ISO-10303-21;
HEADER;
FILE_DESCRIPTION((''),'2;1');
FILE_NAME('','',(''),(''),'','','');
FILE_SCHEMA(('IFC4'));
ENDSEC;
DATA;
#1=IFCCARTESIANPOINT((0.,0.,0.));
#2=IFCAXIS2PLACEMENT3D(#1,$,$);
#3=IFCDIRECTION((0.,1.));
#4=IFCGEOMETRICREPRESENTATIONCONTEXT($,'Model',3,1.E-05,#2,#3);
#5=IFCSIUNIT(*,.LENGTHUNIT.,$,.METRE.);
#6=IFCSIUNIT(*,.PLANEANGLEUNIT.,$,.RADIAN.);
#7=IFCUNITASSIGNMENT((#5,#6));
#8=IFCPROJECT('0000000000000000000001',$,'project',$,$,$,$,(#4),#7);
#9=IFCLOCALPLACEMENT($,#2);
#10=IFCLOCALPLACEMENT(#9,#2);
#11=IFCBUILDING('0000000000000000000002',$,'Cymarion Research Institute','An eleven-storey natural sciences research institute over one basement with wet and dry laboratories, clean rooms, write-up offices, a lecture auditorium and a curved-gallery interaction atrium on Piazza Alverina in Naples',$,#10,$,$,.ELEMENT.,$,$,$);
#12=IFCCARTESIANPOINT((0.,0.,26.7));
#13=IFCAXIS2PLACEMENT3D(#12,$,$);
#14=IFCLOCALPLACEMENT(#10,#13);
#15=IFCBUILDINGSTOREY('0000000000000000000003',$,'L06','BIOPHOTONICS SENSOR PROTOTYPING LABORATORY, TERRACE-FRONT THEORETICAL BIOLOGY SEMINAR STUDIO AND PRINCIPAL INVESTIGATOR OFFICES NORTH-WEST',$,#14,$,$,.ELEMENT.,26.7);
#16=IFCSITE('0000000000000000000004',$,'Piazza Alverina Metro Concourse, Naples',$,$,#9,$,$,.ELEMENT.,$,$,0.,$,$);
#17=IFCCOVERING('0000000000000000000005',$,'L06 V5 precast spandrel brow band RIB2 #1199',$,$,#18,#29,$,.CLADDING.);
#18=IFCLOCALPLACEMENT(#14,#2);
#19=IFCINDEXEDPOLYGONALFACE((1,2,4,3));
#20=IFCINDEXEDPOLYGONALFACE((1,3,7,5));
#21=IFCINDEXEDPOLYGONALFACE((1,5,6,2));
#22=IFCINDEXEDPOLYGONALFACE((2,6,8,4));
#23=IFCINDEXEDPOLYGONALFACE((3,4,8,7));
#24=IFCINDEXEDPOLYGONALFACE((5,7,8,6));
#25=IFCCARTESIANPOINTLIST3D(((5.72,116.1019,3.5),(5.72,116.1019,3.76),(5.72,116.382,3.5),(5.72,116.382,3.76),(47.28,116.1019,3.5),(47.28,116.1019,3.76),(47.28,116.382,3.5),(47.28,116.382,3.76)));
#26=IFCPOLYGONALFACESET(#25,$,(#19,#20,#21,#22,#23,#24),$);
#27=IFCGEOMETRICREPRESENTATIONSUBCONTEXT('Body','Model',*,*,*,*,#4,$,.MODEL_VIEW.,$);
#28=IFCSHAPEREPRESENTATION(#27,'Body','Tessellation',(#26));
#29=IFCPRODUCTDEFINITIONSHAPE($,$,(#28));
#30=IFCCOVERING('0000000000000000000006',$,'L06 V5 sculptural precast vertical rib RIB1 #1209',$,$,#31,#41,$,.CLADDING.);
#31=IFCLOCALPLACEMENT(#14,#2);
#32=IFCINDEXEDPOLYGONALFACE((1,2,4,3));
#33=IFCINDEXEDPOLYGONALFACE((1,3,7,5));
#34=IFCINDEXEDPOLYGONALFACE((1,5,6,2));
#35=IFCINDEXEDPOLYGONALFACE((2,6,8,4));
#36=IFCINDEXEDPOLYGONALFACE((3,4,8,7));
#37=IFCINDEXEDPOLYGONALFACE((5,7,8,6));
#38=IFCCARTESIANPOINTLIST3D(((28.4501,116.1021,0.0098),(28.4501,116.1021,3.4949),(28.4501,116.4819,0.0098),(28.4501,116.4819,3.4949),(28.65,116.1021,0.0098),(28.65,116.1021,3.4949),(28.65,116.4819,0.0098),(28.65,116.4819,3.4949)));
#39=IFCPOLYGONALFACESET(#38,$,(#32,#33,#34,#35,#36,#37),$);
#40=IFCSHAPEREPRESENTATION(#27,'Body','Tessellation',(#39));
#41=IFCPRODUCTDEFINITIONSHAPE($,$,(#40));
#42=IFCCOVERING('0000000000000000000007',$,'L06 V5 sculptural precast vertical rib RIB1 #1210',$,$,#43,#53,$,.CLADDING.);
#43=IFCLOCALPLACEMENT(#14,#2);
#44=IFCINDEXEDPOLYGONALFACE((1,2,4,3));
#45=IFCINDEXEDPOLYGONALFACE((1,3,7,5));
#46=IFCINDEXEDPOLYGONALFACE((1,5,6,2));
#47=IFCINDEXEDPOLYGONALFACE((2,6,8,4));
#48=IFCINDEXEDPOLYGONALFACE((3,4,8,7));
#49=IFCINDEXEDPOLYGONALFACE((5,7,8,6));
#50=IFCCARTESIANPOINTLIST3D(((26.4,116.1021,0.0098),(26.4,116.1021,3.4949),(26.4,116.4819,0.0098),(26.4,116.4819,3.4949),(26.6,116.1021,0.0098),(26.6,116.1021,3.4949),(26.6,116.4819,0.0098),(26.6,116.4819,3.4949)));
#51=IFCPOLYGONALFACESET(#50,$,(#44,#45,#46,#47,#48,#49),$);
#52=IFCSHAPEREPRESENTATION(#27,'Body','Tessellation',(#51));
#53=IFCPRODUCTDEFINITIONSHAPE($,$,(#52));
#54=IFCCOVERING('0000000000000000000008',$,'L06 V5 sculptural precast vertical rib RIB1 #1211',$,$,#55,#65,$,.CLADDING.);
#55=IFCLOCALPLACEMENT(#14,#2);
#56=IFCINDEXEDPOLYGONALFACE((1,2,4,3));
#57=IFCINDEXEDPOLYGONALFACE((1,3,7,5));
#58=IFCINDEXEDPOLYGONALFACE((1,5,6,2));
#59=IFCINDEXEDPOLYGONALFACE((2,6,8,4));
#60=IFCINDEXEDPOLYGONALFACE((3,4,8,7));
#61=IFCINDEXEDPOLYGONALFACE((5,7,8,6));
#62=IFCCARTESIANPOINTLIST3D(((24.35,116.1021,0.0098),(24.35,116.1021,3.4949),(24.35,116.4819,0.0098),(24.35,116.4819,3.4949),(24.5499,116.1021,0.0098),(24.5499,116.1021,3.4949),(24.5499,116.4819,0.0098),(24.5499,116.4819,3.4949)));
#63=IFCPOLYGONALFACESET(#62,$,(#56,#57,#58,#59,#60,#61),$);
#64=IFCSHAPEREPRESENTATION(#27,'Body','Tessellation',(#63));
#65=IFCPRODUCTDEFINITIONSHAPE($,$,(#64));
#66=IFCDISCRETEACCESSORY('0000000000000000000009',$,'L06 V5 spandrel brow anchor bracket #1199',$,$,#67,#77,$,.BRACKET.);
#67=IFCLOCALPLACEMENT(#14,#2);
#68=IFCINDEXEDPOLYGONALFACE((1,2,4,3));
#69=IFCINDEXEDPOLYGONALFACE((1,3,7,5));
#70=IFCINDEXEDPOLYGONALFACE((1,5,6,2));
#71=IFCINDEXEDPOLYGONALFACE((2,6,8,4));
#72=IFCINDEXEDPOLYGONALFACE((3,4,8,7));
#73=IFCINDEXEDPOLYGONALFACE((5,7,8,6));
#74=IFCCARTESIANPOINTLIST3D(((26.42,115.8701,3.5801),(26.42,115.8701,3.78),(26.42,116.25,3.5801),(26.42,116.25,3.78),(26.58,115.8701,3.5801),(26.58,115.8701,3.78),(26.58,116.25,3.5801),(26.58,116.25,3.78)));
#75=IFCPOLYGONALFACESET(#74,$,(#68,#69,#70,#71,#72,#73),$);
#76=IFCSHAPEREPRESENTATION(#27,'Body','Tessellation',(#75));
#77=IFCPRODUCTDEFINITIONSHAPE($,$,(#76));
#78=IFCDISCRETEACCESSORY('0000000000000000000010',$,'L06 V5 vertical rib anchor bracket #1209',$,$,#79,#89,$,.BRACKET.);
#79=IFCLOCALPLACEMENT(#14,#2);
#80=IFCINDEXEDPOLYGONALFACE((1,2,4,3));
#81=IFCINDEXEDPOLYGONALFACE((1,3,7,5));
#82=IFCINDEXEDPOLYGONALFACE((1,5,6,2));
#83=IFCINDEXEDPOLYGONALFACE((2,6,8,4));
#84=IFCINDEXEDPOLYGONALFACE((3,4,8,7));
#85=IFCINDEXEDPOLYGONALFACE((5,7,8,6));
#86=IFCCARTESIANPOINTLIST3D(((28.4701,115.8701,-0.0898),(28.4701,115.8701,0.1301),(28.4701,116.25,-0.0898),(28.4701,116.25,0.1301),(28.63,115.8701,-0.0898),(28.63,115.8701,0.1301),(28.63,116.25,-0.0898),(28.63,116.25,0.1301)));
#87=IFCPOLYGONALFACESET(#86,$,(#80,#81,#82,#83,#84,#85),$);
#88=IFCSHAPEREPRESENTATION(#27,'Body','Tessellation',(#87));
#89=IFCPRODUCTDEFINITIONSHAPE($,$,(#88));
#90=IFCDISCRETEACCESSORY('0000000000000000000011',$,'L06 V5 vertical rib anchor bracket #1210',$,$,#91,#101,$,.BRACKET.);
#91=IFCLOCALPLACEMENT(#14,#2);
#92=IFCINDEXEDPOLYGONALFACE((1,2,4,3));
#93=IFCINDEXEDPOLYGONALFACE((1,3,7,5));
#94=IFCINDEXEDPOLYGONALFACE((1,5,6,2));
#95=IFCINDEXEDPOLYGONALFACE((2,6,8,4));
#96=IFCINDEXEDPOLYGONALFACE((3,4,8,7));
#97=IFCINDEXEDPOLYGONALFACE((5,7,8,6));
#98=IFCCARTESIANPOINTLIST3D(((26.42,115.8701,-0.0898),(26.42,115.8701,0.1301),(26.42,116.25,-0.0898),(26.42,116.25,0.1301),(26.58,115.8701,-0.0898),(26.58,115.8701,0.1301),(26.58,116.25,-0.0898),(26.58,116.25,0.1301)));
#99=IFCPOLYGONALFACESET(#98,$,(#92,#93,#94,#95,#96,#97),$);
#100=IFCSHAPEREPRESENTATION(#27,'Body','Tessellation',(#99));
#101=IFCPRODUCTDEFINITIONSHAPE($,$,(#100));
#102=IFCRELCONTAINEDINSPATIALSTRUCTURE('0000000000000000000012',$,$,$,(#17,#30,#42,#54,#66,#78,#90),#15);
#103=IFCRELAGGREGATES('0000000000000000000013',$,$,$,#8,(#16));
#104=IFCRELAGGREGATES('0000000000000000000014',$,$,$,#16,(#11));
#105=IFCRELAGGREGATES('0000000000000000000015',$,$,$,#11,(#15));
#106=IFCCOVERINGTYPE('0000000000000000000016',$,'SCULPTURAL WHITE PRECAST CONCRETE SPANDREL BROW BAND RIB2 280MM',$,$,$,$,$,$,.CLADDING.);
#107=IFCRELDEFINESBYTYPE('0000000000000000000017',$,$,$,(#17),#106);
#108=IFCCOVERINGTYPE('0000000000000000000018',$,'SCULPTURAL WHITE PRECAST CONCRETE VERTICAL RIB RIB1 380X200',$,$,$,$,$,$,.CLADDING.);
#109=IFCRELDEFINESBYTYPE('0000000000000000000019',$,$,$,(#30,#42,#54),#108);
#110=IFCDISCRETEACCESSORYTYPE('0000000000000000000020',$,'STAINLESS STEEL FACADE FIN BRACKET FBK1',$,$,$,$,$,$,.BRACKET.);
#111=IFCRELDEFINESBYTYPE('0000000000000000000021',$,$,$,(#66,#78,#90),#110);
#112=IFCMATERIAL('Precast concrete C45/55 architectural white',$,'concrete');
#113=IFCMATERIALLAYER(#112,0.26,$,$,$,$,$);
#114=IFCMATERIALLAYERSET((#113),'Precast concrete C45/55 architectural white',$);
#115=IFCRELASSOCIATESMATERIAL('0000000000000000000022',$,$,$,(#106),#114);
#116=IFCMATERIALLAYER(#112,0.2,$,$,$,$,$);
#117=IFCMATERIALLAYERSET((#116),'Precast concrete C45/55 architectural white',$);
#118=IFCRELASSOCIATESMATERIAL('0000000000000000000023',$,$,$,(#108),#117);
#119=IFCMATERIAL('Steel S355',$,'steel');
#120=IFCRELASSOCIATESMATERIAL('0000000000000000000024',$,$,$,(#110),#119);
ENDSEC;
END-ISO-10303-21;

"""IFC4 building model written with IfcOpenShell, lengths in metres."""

from ifc_helpers import new_model, si_unit, direction, frame, origin, origin_2d, place, context, subcontext, project, spatial, rectangle, extrude, material, layer, layer_set, type_object, element, save


model = new_model("IFC4")

# Units and contexts
model_context = context("Model", 3, precision=1e-05, world=origin(), true_north=direction((0.0, 1.0)))
body_context = subcontext(model_context, "Body", "Model", "MODEL_VIEW")
ifc_project = project(units=[si_unit("LENGTHUNIT", "METRE"), si_unit("PLANEANGLEUNIT", "RADIAN")], contexts=[model_context])

# Site, building, storey
site_placement = place(None, origin())
site = spatial("IfcSite", under=ifc_project, at=site_placement, Name="Piazza Alverina Metro Concourse, Naples", CompositionType="ELEMENT", RefElevation=0.0)
building_placement = place(site_placement, origin())
building = spatial("IfcBuilding", under=site, at=building_placement, Name="Cymarion Research Institute", Description="An eleven-storey natural sciences research institute over one basement with wet and dry laboratories, clean rooms, write-up offices, a lecture auditorium and a curved-gallery interaction atrium on Piazza Alverina in Naples", CompositionType="ELEMENT")
storey_placement = place(building_placement, frame((0.0, 0.0, 26.7)))
storey = spatial("IfcBuildingStorey", under=building, at=storey_placement, Name="L06", Description="BIOPHOTONICS SENSOR PROTOTYPING LABORATORY, TERRACE-FRONT THEORETICAL BIOLOGY SEMINAR STUDIO AND PRINCIPAL INVESTIGATOR OFFICES NORTH-WEST", CompositionType="ELEMENT", Elevation=26.7)

# Coverings
ifc_material_1 = material(Name="Precast concrete C45/55 architectural white", Category="concrete")
ifc_layer_1 = layer(ifc_material_1, 0.26)
ifc_layer_set_1 = layer_set([ifc_layer_1], Name="Precast concrete C45/55 architectural white")
covering_type_1 = type_object("IfcCoveringType", Name="SCULPTURAL WHITE PRECAST CONCRETE SPANDREL BROW BAND RIB2 280MM", PredefinedType="CLADDING", material=ifc_layer_set_1)
covering_placement = place(storey_placement, frame((26.5, 116.2419, 3.5), z_axis=(0.0, 0.0, 1.0), x_axis=(0.0, 1.0, 0.0)))
element("IfcCovering", 1, at=covering_placement, inside=storey, type_object=covering_type_1, Name="L06 V5 precast spandrel brow band RIB2 #1199", PredefinedType="CLADDING", context=body_context, shape_type="SweptSolid", body=[
    extrude(rectangle(XDim=0.28, YDim=41.5601, at=origin_2d()), origin(), (0.0, 0.0, 1.0), 0.26),
])
ifc_layer_2 = layer(ifc_material_1, 0.2)
ifc_layer_set_2 = layer_set([ifc_layer_2], Name="Precast concrete C45/55 architectural white")
covering_type_2 = type_object("IfcCoveringType", Name="SCULPTURAL WHITE PRECAST CONCRETE VERTICAL RIB RIB1 380X200", PredefinedType="CLADDING", material=ifc_layer_set_2)
for number, where, z_axis, x_axis, name in (
    (2, (28.55, 116.292, 0.0098), (0.0, 0.0, 1.0), (0.0, 1.0, 0.0), "L06 V5 sculptural precast vertical rib RIB1 #1209"),
    (3, (26.5, 116.292, 0.0098), (0.0, 0.0, 1.0), (0.0, 1.0, 0.0), "L06 V5 sculptural precast vertical rib RIB1 #1210"),
    (4, (24.45, 116.292, 0.0098), (0.0, 0.0, 1.0), (0.0, 1.0, 0.0), "L06 V5 sculptural precast vertical rib RIB1 #1211"),
):
    element("IfcCovering", number, at=place(storey_placement, frame(where, z_axis=z_axis, x_axis=x_axis)), inside=storey, type_object=covering_type_2, Name=name, PredefinedType="CLADDING", context=body_context, shape_type="SweptSolid", body=[
        extrude(rectangle(XDim=0.3799, YDim=0.2, at=origin_2d()), origin(), (0.0, 0.0, 1.0), 3.4851),
    ])

# Discrete accessories
ifc_material_2 = material(Name="Steel S355", Category="steel")
discrete_accessory_type = type_object("IfcDiscreteAccessoryType", Name="STAINLESS STEEL FACADE FIN BRACKET FBK1", PredefinedType="BRACKET", material=ifc_material_2)
discrete_accessory_placement = place(storey_placement, frame((26.5, 116.0601, 3.5801), z_axis=(0.0, 0.0, 1.0), x_axis=(0.0, 1.0, 0.0)))
element("IfcDiscreteAccessory", 5, at=discrete_accessory_placement, inside=storey, type_object=discrete_accessory_type, Name="L06 V5 spandrel brow anchor bracket #1199", PredefinedType="BRACKET", context=body_context, shape_type="SweptSolid", body=[
    extrude(rectangle(XDim=0.3799, YDim=0.1599, at=origin_2d()), origin(), (0.0, 0.0, 1.0), 0.2),
])
for number, where, z_axis, x_axis, name in (
    (6, (28.55, 116.0601, -0.0898), (0.0, 0.0, 1.0), (0.0, 1.0, 0.0), "L06 V5 vertical rib anchor bracket #1209"),
    (7, (26.5, 116.0601, -0.0898), (0.0, 0.0, 1.0), (0.0, 1.0, 0.0), "L06 V5 vertical rib anchor bracket #1210"),
):
    element("IfcDiscreteAccessory", number, at=place(storey_placement, frame(where, z_axis=z_axis, x_axis=x_axis)), inside=storey, type_object=discrete_accessory_type, Name=name, PredefinedType="BRACKET", context=body_context, shape_type="SweptSolid", body=[
        extrude(rectangle(XDim=0.3799, YDim=0.1599, at=origin_2d()), origin(), (0.0, 0.0, 1.0), 0.22),
    ])

save(model, "model.ifc")
